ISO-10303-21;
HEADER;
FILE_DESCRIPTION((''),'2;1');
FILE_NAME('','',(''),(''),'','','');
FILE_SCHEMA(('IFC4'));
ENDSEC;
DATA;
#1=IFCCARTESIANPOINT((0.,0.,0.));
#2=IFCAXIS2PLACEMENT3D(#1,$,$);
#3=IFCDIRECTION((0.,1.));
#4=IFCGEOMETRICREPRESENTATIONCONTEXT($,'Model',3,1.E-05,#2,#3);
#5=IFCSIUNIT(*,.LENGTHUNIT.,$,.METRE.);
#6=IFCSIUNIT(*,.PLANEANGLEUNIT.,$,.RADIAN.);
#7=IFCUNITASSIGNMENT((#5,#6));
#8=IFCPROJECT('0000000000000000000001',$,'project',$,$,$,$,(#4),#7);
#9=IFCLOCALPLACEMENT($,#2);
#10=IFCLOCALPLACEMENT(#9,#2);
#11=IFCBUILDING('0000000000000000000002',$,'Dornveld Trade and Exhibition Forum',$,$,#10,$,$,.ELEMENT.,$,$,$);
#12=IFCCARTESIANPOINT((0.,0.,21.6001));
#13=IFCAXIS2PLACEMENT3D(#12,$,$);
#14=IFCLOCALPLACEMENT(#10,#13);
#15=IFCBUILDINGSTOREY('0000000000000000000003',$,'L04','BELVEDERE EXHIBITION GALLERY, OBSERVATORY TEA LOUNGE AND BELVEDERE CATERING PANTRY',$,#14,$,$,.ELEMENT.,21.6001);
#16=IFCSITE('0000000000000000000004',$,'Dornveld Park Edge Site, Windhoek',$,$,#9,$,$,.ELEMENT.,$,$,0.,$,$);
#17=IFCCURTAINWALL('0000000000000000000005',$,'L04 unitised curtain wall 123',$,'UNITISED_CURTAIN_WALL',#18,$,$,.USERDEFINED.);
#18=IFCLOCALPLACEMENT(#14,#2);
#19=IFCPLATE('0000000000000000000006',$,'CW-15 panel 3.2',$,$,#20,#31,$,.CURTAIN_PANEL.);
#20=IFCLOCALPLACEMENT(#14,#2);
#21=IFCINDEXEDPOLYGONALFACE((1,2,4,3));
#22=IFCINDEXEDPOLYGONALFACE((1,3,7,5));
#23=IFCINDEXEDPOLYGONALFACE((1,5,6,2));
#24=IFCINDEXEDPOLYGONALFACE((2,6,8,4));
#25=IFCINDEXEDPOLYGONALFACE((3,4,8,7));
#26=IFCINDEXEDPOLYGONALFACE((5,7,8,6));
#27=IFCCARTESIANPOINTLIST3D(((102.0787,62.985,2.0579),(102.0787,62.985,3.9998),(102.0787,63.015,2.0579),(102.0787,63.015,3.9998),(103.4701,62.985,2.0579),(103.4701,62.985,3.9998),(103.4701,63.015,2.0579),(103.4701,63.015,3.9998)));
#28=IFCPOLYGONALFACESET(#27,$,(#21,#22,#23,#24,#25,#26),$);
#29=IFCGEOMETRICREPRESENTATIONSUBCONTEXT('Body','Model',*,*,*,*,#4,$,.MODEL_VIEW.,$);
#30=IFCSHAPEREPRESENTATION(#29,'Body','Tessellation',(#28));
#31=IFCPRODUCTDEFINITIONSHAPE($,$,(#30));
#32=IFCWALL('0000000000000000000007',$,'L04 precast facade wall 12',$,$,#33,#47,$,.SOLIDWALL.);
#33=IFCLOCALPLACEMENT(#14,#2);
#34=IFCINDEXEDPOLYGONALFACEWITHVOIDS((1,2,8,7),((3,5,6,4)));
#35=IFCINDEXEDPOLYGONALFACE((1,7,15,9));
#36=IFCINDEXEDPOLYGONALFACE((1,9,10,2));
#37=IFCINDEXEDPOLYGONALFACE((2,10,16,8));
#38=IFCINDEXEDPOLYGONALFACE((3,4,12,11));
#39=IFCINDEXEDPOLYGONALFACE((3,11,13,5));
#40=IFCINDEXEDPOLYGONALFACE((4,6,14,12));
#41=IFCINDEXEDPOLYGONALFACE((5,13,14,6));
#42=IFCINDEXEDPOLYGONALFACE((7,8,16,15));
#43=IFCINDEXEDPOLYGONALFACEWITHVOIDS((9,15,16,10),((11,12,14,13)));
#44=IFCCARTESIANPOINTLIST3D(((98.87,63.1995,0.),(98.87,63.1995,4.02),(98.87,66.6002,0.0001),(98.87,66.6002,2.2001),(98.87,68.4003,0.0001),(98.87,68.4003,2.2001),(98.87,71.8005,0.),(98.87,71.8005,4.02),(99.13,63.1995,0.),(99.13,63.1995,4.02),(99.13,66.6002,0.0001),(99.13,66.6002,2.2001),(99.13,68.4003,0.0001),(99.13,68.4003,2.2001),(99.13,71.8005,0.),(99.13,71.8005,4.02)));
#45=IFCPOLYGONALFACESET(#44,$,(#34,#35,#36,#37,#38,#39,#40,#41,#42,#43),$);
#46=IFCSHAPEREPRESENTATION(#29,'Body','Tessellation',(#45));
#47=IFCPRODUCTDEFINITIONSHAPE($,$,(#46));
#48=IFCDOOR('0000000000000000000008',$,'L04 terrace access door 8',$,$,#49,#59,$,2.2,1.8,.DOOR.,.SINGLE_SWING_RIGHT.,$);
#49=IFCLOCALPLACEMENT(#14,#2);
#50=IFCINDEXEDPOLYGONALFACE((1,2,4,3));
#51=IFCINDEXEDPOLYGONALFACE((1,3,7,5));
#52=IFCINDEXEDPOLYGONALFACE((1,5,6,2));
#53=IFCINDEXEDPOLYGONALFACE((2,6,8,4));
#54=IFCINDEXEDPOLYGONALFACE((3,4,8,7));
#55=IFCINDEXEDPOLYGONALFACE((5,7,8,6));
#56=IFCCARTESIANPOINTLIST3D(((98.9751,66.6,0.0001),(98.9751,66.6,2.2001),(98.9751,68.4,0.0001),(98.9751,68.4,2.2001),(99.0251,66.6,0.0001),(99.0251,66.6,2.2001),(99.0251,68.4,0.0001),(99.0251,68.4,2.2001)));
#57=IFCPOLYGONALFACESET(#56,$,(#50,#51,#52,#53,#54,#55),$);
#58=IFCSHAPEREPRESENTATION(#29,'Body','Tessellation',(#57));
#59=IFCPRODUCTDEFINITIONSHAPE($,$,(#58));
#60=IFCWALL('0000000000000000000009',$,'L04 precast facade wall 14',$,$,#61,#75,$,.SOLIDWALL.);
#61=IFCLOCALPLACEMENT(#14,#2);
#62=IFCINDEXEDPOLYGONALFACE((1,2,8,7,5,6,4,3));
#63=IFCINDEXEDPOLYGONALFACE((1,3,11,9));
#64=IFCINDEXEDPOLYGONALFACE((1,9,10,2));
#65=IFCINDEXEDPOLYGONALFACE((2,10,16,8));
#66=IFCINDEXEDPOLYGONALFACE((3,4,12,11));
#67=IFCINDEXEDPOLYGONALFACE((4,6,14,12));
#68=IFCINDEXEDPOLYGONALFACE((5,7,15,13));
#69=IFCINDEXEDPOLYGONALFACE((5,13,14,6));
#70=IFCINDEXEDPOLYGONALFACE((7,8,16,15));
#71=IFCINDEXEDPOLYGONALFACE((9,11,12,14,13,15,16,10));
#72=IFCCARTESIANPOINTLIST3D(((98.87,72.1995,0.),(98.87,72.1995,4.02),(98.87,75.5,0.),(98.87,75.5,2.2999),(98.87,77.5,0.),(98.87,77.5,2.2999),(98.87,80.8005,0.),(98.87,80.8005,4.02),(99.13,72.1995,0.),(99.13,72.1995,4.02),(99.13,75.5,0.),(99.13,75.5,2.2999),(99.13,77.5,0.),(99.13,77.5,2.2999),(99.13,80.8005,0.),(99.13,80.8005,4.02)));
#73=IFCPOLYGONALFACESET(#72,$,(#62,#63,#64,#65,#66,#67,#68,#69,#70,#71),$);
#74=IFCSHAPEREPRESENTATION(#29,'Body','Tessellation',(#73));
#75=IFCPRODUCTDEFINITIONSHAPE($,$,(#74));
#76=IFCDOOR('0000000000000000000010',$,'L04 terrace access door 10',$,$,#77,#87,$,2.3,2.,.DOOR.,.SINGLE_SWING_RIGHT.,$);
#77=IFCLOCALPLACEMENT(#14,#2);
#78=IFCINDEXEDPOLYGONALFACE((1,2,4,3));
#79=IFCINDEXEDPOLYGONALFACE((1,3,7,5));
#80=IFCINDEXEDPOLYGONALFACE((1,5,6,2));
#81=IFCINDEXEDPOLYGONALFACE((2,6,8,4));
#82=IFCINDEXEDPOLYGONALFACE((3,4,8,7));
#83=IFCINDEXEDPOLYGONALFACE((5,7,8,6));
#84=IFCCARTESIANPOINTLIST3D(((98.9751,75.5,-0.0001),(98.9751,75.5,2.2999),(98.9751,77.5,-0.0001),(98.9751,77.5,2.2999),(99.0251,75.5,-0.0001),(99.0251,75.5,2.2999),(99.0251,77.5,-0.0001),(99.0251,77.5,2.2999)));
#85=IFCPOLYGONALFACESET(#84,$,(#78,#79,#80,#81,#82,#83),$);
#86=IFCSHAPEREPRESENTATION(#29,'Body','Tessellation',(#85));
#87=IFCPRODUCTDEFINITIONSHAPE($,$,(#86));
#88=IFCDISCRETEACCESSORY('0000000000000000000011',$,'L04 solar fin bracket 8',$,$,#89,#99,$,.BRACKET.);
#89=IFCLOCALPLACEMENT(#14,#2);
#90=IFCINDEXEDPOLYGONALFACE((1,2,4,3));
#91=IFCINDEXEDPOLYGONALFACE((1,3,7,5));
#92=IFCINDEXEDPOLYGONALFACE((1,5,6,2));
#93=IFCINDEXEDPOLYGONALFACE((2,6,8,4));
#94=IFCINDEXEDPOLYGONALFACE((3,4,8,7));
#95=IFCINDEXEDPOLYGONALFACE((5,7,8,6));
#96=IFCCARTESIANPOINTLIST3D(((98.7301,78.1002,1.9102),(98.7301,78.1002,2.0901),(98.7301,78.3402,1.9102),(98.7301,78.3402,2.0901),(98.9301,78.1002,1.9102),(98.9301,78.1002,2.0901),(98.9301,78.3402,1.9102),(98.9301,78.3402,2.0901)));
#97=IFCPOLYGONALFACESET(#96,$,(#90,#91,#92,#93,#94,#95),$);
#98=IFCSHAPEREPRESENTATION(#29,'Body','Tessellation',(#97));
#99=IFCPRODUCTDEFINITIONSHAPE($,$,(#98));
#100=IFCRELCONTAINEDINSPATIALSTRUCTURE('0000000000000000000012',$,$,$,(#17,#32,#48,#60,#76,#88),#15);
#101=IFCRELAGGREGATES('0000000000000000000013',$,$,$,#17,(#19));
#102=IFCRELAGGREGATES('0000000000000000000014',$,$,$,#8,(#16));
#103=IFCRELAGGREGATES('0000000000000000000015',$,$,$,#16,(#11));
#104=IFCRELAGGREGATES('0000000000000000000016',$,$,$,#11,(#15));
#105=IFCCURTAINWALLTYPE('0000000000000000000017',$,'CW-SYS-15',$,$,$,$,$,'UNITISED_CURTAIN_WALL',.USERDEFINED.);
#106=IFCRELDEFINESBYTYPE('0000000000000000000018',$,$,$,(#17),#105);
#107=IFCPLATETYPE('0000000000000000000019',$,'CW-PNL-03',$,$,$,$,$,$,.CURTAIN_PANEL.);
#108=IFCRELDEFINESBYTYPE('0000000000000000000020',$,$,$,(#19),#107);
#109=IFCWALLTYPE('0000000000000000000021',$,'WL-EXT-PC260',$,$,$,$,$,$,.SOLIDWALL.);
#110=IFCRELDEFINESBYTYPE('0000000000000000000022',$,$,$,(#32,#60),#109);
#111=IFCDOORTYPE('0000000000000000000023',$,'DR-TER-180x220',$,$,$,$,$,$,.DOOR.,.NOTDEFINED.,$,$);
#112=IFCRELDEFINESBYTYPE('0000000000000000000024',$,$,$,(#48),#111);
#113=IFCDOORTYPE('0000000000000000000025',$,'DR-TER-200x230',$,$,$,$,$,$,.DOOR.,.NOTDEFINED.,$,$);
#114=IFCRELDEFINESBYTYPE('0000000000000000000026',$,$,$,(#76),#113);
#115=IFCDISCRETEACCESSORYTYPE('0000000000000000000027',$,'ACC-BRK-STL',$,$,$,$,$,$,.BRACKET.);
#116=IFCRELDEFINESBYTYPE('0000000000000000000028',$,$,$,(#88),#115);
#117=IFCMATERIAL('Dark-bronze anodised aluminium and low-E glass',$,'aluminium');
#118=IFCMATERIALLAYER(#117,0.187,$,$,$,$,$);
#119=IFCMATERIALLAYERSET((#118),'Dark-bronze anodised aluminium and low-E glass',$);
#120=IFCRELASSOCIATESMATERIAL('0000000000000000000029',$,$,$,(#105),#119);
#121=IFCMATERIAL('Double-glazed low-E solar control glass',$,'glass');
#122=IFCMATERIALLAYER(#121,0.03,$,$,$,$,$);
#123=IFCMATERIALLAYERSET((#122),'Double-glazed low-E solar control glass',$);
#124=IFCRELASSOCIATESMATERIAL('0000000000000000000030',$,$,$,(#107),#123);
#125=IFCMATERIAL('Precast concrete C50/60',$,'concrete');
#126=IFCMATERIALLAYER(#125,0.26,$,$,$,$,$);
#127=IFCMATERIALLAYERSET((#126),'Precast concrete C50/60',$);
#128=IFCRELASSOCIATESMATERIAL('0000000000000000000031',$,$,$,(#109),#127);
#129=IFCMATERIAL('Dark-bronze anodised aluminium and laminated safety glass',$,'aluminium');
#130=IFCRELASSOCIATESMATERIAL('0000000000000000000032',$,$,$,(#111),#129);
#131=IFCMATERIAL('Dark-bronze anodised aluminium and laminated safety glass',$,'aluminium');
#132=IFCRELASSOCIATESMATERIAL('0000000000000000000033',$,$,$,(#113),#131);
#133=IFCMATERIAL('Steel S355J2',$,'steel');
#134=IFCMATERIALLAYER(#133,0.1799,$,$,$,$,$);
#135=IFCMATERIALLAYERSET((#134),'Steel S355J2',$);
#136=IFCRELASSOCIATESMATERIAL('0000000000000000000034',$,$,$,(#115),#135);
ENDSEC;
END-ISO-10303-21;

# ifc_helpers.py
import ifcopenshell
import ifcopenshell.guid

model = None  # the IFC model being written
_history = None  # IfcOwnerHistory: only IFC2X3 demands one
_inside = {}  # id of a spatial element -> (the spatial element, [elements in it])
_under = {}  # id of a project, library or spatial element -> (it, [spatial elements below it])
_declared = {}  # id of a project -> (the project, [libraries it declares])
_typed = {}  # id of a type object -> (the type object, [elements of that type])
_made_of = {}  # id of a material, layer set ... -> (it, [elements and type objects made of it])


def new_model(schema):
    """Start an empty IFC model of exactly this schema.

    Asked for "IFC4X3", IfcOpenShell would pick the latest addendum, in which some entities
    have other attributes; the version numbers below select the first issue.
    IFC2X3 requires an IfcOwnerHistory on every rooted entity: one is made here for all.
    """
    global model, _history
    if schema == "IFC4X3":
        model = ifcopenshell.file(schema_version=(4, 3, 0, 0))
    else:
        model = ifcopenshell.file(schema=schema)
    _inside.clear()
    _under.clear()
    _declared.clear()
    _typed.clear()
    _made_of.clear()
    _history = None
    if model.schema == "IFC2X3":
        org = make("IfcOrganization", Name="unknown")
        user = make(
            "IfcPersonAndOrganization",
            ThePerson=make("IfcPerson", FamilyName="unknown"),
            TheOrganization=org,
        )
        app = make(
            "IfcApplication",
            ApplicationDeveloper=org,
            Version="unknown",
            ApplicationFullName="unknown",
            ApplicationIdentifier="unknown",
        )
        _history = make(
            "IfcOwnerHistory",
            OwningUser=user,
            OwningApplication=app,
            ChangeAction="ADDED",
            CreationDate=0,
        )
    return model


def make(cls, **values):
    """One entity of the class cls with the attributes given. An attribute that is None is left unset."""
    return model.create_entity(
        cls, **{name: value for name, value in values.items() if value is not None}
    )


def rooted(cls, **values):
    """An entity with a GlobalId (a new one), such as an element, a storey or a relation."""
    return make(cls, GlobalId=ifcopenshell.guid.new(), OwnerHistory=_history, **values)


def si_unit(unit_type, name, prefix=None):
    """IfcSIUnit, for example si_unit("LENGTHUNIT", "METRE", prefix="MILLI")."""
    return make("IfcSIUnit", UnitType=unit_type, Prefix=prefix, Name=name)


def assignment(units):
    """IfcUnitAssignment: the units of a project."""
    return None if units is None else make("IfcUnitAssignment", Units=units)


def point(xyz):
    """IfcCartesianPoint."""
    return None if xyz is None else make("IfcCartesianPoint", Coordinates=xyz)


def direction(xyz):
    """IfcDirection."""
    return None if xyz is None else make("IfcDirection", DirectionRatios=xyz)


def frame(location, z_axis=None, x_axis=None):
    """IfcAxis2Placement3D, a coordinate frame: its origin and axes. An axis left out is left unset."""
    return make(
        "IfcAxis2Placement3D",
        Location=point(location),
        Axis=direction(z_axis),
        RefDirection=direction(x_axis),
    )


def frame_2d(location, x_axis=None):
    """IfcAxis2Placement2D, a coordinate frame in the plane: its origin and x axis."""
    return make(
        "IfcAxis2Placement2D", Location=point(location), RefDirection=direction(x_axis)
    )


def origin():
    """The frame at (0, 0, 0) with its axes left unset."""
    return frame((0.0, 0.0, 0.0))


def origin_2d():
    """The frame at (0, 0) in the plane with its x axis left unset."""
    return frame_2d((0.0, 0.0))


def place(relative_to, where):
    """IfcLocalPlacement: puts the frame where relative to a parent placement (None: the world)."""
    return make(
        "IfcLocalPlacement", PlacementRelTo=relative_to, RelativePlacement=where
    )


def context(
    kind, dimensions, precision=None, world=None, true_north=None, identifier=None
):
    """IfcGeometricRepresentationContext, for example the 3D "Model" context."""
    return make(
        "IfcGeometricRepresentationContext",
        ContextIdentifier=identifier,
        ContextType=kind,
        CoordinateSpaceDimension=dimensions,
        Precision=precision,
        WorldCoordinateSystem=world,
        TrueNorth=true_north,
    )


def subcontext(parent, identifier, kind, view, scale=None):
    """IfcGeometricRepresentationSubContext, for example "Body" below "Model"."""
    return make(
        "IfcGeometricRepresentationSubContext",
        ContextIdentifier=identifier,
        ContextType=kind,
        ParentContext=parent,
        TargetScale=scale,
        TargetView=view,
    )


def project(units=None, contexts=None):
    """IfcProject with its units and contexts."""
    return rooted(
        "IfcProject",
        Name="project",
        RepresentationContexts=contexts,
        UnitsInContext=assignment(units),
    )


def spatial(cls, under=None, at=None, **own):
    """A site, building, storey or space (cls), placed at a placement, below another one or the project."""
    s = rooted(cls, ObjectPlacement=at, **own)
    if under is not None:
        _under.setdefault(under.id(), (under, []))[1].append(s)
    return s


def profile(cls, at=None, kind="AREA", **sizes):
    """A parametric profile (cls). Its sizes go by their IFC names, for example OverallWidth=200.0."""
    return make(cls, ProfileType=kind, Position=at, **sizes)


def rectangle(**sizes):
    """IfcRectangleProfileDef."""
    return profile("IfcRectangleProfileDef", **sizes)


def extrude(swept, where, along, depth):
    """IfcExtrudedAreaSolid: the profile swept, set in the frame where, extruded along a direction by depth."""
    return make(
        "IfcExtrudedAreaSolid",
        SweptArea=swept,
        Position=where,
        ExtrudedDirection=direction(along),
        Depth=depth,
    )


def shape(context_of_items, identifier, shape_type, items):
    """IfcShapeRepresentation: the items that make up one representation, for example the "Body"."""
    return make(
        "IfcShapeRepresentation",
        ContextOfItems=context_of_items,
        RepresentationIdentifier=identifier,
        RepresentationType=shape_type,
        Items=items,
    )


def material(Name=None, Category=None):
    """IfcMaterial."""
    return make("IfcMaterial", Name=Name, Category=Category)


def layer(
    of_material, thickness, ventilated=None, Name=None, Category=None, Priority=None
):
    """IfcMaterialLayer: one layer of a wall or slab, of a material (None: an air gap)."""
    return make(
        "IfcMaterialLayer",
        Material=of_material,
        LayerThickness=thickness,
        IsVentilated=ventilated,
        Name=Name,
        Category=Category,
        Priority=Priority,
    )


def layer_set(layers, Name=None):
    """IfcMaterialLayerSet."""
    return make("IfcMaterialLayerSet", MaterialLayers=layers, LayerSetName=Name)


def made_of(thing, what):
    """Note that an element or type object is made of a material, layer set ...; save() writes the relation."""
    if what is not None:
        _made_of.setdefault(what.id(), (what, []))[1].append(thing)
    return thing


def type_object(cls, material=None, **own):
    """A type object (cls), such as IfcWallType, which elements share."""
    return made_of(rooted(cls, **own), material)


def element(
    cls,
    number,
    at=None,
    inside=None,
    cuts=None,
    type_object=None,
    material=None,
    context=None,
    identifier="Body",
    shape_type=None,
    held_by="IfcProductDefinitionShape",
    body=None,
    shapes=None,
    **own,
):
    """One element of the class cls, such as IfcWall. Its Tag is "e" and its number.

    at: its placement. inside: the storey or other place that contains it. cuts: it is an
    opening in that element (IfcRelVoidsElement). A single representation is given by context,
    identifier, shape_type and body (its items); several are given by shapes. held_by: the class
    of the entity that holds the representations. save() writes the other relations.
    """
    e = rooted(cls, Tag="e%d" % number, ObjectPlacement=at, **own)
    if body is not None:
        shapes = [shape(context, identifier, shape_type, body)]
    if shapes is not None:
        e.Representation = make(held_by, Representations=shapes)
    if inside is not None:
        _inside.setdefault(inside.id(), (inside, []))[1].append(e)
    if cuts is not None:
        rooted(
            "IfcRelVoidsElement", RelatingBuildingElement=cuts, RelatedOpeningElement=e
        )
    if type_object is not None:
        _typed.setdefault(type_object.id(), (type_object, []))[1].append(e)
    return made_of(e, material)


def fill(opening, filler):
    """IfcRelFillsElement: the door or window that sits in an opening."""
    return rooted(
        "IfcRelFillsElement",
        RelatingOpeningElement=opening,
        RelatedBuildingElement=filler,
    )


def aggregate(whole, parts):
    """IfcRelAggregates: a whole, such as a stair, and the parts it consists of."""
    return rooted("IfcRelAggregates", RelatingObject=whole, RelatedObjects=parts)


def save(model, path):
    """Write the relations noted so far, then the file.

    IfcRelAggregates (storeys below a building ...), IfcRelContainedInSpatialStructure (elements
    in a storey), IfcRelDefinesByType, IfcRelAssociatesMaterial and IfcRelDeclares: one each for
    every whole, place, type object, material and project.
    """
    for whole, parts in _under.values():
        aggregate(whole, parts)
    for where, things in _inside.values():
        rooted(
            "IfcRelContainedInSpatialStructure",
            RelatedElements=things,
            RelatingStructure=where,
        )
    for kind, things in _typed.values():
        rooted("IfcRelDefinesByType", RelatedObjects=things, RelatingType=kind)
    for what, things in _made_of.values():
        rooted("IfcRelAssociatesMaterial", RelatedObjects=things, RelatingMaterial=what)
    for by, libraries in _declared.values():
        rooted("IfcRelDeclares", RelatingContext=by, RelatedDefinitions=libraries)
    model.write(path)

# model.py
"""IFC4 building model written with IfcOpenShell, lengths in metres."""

from ifc_helpers import new_model, si_unit, direction, frame, frame_2d, origin, origin_2d, place, context, subcontext, project, spatial, rectangle, extrude, material, layer, layer_set, type_object, element, fill, aggregate, save


model = new_model("IFC4")

# Units and contexts
model_context = context("Model", 3, precision=1e-05, world=origin(), true_north=direction((0.0, 1.0)))
body_context = subcontext(model_context, "Body", "Model", "MODEL_VIEW")
ifc_project = project(units=[si_unit("LENGTHUNIT", "METRE"), si_unit("PLANEANGLEUNIT", "RADIAN")], contexts=[model_context])

# Site, building, storey
site_placement = place(None, origin())
site = spatial("IfcSite", under=ifc_project, at=site_placement, Name="Dornveld Park Edge Site, Windhoek", CompositionType="ELEMENT", RefElevation=0.0)
building_placement = place(site_placement, origin())
building = spatial("IfcBuilding", under=site, at=building_placement, Name="Dornveld Trade and Exhibition Forum", CompositionType="ELEMENT")
storey_placement = place(building_placement, frame((0.0, 0.0, 21.6001)))
storey = spatial("IfcBuildingStorey", under=building, at=storey_placement, Name="L04", Description="BELVEDERE EXHIBITION GALLERY, OBSERVATORY TEA LOUNGE AND BELVEDERE CATERING PANTRY", CompositionType="ELEMENT", Elevation=21.6001)

# Curtain wall, plate
ifc_material_1 = material(Name="Dark-bronze anodised aluminium and low-E glass", Category="aluminium")
ifc_layer_1 = layer(ifc_material_1, 0.187)
ifc_layer_set_1 = layer_set([ifc_layer_1], Name="Dark-bronze anodised aluminium and low-E glass")
curtain_wall_type = type_object("IfcCurtainWallType", Name="CW-SYS-15", ElementType="UNITISED_CURTAIN_WALL", PredefinedType="USERDEFINED", material=ifc_layer_set_1)
curtain_wall_placement = place(storey_placement, origin())
curtain_wall = element("IfcCurtainWall", 1, at=curtain_wall_placement, inside=storey, type_object=curtain_wall_type, Name="L04 unitised curtain wall 123", ObjectType="UNITISED_CURTAIN_WALL", PredefinedType="USERDEFINED")
ifc_material_2 = material(Name="Double-glazed low-E solar control glass", Category="glass")
ifc_layer_2 = layer(ifc_material_2, 0.03)
ifc_layer_set_2 = layer_set([ifc_layer_2], Name="Double-glazed low-E solar control glass")
plate_type = type_object("IfcPlateType", Name="CW-PNL-03", PredefinedType="CURTAIN_PANEL", material=ifc_layer_set_2)
plate_1_placement = place(storey_placement, frame((102.7744, 63.0, 2.0579), z_axis=(0.0, 0.0, 1.0), x_axis=(1.0, 0.0, 0.0)))
plate_1 = element("IfcPlate", 2, at=plate_1_placement, type_object=plate_type, Name="CW-15 panel 3.2", PredefinedType="CURTAIN_PANEL", context=body_context, shape_type="SweptSolid", body=[
    extrude(rectangle(XDim=1.3914, YDim=0.03, at=origin_2d()), origin(), (0.0, 0.0, 1.0), 1.9419),
])
aggregate(curtain_wall, [plate_1])

# Walls, openings, doors
ifc_material_3 = material(Name="Precast concrete C50/60", Category="concrete")
ifc_layer_3 = layer(ifc_material_3, 0.26)
ifc_layer_set_3 = layer_set([ifc_layer_3], Name="Precast concrete C50/60")
wall_type = type_object("IfcWallType", Name="WL-EXT-PC260", PredefinedType="SOLIDWALL", material=ifc_layer_set_3)
wall_1_placement = place(storey_placement, frame((99.0, 71.8005, 0.0), z_axis=(0.0, 0.0, 1.0), x_axis=(0.0, -1.0, 0.0)))
wall_1 = element("IfcWall", 3, at=wall_1_placement, inside=storey, type_object=wall_type, Name="L04 precast facade wall 12", PredefinedType="SOLIDWALL", context=body_context, shape_type="SweptSolid", body=[
    extrude(rectangle(XDim=8.6011, YDim=0.26, at=frame_2d((4.3005, 0.0))), origin(), (0.0, 0.0, 1.0), 4.02),
])
opening_1_placement = place(wall_1_placement, frame((3.4004, 0.0, 0.0)))
opening_1 = element("IfcOpeningElement", 4, at=opening_1_placement, cuts=wall_1, PredefinedType="OPENING", context=body_context, shape_type="SweptSolid", body=[
    extrude(rectangle(XDim=1.8, YDim=2.2, at=frame_2d((0.8999, 1.1001))), frame((0.0, 0.1399, 0.0), z_axis=(0.0, -1.0, 0.0), x_axis=(1.0, 0.0, 0.0)), (0.0, 0.0, 1.0), 0.28),
])
ifc_material_4 = material(Name="Dark-bronze anodised aluminium and laminated safety glass", Category="aluminium")
door_type_1 = type_object("IfcDoorType", Name="DR-TER-180x220", OperationType="NOTDEFINED", PredefinedType="DOOR", material=ifc_material_4)
door_1_placement = place(opening_1_placement, frame((1.8, 0.0, 0.0), z_axis=(0.0, 0.0, 1.0), x_axis=(-1.0, 0.0, 0.0)))
door_1 = element("IfcDoor", 5, at=door_1_placement, inside=storey, type_object=door_type_1, Name="L04 terrace access door 8", OperationType="SINGLE_SWING_RIGHT", OverallHeight=2.2, OverallWidth=1.8, PredefinedType="DOOR", context=body_context, shape_type="SweptSolid", body=[
    extrude(rectangle(XDim=1.8, YDim=2.2, at=frame_2d((0.8999, 1.1001))), frame((0.0, 0.0249, 0.0), z_axis=(0.0, -1.0, 0.0), x_axis=(1.0, 0.0, 0.0)), (0.0, 0.0, 1.0), 0.05),
])
fill(opening_1, door_1)
wall_2_placement = place(storey_placement, frame((99.0, 80.8005, 0.0), z_axis=(0.0, 0.0, 1.0), x_axis=(0.0, -1.0, 0.0)))
wall_2 = element("IfcWall", 6, at=wall_2_placement, inside=storey, type_object=wall_type, Name="L04 precast facade wall 14", PredefinedType="SOLIDWALL", context=body_context, shape_type="SweptSolid", body=[
    extrude(rectangle(XDim=8.6011, YDim=0.26, at=frame_2d((4.3005, 0.0))), origin(), (0.0, 0.0, 1.0), 4.02),
])
opening_2_placement = place(wall_2_placement, frame((3.3005, 0.0, 0.0)))
opening_2 = element("IfcOpeningElement", 7, at=opening_2_placement, cuts=wall_2, PredefinedType="OPENING", context=body_context, shape_type="SweptSolid", body=[
    extrude(rectangle(XDim=2.0, YDim=2.3, at=frame_2d((1.0, 1.1499))), frame((0.0, 0.1399, 0.0), z_axis=(0.0, -1.0, 0.0), x_axis=(1.0, 0.0, 0.0)), (0.0, 0.0, 1.0), 0.28),
])
ifc_material_5 = material(Name="Dark-bronze anodised aluminium and laminated safety glass", Category="aluminium")
door_type_2 = type_object("IfcDoorType", Name="DR-TER-200x230", OperationType="NOTDEFINED", PredefinedType="DOOR", material=ifc_material_5)
door_2_placement = place(opening_2_placement, frame((2.0, 0.0, 0.0), z_axis=(0.0, 0.0, 1.0), x_axis=(-1.0, 0.0, 0.0)))
door_2 = element("IfcDoor", 8, at=door_2_placement, inside=storey, type_object=door_type_2, Name="L04 terrace access door 10", OperationType="SINGLE_SWING_RIGHT", OverallHeight=2.3, OverallWidth=2.0, PredefinedType="DOOR", context=body_context, shape_type="SweptSolid", body=[
    extrude(rectangle(XDim=2.0, YDim=2.3, at=frame_2d((1.0, 1.1499))), frame((0.0, 0.0249, 0.0), z_axis=(0.0, -1.0, 0.0), x_axis=(1.0, 0.0, 0.0)), (0.0, 0.0, 1.0), 0.05),
])
fill(opening_2, door_2)

# Discrete accessory
ifc_material_6 = material(Name="Steel S355J2", Category="steel")
ifc_layer_4 = layer(ifc_material_6, 0.1799)
ifc_layer_set_4 = layer_set([ifc_layer_4], Name="Steel S355J2")
discrete_accessory_type = type_object("IfcDiscreteAccessoryType", Name="ACC-BRK-STL", PredefinedType="BRACKET", material=ifc_layer_set_4)
discrete_accessory_placement = place(storey_placement, frame((98.8301, 78.2202, 1.9102), z_axis=(0.0, 0.0, 1.0), x_axis=(0.0, -1.0, 0.0)))
element("IfcDiscreteAccessory", 9, at=discrete_accessory_placement, inside=storey, type_object=discrete_accessory_type, Name="L04 solar fin bracket 8", PredefinedType="BRACKET", context=body_context, shape_type="SweptSolid", body=[
    extrude(rectangle(XDim=0.24, YDim=0.2, at=origin_2d()), origin(), (0.0, 0.0, 1.0), 0.1799),
])

save(model, "model.ifc")
